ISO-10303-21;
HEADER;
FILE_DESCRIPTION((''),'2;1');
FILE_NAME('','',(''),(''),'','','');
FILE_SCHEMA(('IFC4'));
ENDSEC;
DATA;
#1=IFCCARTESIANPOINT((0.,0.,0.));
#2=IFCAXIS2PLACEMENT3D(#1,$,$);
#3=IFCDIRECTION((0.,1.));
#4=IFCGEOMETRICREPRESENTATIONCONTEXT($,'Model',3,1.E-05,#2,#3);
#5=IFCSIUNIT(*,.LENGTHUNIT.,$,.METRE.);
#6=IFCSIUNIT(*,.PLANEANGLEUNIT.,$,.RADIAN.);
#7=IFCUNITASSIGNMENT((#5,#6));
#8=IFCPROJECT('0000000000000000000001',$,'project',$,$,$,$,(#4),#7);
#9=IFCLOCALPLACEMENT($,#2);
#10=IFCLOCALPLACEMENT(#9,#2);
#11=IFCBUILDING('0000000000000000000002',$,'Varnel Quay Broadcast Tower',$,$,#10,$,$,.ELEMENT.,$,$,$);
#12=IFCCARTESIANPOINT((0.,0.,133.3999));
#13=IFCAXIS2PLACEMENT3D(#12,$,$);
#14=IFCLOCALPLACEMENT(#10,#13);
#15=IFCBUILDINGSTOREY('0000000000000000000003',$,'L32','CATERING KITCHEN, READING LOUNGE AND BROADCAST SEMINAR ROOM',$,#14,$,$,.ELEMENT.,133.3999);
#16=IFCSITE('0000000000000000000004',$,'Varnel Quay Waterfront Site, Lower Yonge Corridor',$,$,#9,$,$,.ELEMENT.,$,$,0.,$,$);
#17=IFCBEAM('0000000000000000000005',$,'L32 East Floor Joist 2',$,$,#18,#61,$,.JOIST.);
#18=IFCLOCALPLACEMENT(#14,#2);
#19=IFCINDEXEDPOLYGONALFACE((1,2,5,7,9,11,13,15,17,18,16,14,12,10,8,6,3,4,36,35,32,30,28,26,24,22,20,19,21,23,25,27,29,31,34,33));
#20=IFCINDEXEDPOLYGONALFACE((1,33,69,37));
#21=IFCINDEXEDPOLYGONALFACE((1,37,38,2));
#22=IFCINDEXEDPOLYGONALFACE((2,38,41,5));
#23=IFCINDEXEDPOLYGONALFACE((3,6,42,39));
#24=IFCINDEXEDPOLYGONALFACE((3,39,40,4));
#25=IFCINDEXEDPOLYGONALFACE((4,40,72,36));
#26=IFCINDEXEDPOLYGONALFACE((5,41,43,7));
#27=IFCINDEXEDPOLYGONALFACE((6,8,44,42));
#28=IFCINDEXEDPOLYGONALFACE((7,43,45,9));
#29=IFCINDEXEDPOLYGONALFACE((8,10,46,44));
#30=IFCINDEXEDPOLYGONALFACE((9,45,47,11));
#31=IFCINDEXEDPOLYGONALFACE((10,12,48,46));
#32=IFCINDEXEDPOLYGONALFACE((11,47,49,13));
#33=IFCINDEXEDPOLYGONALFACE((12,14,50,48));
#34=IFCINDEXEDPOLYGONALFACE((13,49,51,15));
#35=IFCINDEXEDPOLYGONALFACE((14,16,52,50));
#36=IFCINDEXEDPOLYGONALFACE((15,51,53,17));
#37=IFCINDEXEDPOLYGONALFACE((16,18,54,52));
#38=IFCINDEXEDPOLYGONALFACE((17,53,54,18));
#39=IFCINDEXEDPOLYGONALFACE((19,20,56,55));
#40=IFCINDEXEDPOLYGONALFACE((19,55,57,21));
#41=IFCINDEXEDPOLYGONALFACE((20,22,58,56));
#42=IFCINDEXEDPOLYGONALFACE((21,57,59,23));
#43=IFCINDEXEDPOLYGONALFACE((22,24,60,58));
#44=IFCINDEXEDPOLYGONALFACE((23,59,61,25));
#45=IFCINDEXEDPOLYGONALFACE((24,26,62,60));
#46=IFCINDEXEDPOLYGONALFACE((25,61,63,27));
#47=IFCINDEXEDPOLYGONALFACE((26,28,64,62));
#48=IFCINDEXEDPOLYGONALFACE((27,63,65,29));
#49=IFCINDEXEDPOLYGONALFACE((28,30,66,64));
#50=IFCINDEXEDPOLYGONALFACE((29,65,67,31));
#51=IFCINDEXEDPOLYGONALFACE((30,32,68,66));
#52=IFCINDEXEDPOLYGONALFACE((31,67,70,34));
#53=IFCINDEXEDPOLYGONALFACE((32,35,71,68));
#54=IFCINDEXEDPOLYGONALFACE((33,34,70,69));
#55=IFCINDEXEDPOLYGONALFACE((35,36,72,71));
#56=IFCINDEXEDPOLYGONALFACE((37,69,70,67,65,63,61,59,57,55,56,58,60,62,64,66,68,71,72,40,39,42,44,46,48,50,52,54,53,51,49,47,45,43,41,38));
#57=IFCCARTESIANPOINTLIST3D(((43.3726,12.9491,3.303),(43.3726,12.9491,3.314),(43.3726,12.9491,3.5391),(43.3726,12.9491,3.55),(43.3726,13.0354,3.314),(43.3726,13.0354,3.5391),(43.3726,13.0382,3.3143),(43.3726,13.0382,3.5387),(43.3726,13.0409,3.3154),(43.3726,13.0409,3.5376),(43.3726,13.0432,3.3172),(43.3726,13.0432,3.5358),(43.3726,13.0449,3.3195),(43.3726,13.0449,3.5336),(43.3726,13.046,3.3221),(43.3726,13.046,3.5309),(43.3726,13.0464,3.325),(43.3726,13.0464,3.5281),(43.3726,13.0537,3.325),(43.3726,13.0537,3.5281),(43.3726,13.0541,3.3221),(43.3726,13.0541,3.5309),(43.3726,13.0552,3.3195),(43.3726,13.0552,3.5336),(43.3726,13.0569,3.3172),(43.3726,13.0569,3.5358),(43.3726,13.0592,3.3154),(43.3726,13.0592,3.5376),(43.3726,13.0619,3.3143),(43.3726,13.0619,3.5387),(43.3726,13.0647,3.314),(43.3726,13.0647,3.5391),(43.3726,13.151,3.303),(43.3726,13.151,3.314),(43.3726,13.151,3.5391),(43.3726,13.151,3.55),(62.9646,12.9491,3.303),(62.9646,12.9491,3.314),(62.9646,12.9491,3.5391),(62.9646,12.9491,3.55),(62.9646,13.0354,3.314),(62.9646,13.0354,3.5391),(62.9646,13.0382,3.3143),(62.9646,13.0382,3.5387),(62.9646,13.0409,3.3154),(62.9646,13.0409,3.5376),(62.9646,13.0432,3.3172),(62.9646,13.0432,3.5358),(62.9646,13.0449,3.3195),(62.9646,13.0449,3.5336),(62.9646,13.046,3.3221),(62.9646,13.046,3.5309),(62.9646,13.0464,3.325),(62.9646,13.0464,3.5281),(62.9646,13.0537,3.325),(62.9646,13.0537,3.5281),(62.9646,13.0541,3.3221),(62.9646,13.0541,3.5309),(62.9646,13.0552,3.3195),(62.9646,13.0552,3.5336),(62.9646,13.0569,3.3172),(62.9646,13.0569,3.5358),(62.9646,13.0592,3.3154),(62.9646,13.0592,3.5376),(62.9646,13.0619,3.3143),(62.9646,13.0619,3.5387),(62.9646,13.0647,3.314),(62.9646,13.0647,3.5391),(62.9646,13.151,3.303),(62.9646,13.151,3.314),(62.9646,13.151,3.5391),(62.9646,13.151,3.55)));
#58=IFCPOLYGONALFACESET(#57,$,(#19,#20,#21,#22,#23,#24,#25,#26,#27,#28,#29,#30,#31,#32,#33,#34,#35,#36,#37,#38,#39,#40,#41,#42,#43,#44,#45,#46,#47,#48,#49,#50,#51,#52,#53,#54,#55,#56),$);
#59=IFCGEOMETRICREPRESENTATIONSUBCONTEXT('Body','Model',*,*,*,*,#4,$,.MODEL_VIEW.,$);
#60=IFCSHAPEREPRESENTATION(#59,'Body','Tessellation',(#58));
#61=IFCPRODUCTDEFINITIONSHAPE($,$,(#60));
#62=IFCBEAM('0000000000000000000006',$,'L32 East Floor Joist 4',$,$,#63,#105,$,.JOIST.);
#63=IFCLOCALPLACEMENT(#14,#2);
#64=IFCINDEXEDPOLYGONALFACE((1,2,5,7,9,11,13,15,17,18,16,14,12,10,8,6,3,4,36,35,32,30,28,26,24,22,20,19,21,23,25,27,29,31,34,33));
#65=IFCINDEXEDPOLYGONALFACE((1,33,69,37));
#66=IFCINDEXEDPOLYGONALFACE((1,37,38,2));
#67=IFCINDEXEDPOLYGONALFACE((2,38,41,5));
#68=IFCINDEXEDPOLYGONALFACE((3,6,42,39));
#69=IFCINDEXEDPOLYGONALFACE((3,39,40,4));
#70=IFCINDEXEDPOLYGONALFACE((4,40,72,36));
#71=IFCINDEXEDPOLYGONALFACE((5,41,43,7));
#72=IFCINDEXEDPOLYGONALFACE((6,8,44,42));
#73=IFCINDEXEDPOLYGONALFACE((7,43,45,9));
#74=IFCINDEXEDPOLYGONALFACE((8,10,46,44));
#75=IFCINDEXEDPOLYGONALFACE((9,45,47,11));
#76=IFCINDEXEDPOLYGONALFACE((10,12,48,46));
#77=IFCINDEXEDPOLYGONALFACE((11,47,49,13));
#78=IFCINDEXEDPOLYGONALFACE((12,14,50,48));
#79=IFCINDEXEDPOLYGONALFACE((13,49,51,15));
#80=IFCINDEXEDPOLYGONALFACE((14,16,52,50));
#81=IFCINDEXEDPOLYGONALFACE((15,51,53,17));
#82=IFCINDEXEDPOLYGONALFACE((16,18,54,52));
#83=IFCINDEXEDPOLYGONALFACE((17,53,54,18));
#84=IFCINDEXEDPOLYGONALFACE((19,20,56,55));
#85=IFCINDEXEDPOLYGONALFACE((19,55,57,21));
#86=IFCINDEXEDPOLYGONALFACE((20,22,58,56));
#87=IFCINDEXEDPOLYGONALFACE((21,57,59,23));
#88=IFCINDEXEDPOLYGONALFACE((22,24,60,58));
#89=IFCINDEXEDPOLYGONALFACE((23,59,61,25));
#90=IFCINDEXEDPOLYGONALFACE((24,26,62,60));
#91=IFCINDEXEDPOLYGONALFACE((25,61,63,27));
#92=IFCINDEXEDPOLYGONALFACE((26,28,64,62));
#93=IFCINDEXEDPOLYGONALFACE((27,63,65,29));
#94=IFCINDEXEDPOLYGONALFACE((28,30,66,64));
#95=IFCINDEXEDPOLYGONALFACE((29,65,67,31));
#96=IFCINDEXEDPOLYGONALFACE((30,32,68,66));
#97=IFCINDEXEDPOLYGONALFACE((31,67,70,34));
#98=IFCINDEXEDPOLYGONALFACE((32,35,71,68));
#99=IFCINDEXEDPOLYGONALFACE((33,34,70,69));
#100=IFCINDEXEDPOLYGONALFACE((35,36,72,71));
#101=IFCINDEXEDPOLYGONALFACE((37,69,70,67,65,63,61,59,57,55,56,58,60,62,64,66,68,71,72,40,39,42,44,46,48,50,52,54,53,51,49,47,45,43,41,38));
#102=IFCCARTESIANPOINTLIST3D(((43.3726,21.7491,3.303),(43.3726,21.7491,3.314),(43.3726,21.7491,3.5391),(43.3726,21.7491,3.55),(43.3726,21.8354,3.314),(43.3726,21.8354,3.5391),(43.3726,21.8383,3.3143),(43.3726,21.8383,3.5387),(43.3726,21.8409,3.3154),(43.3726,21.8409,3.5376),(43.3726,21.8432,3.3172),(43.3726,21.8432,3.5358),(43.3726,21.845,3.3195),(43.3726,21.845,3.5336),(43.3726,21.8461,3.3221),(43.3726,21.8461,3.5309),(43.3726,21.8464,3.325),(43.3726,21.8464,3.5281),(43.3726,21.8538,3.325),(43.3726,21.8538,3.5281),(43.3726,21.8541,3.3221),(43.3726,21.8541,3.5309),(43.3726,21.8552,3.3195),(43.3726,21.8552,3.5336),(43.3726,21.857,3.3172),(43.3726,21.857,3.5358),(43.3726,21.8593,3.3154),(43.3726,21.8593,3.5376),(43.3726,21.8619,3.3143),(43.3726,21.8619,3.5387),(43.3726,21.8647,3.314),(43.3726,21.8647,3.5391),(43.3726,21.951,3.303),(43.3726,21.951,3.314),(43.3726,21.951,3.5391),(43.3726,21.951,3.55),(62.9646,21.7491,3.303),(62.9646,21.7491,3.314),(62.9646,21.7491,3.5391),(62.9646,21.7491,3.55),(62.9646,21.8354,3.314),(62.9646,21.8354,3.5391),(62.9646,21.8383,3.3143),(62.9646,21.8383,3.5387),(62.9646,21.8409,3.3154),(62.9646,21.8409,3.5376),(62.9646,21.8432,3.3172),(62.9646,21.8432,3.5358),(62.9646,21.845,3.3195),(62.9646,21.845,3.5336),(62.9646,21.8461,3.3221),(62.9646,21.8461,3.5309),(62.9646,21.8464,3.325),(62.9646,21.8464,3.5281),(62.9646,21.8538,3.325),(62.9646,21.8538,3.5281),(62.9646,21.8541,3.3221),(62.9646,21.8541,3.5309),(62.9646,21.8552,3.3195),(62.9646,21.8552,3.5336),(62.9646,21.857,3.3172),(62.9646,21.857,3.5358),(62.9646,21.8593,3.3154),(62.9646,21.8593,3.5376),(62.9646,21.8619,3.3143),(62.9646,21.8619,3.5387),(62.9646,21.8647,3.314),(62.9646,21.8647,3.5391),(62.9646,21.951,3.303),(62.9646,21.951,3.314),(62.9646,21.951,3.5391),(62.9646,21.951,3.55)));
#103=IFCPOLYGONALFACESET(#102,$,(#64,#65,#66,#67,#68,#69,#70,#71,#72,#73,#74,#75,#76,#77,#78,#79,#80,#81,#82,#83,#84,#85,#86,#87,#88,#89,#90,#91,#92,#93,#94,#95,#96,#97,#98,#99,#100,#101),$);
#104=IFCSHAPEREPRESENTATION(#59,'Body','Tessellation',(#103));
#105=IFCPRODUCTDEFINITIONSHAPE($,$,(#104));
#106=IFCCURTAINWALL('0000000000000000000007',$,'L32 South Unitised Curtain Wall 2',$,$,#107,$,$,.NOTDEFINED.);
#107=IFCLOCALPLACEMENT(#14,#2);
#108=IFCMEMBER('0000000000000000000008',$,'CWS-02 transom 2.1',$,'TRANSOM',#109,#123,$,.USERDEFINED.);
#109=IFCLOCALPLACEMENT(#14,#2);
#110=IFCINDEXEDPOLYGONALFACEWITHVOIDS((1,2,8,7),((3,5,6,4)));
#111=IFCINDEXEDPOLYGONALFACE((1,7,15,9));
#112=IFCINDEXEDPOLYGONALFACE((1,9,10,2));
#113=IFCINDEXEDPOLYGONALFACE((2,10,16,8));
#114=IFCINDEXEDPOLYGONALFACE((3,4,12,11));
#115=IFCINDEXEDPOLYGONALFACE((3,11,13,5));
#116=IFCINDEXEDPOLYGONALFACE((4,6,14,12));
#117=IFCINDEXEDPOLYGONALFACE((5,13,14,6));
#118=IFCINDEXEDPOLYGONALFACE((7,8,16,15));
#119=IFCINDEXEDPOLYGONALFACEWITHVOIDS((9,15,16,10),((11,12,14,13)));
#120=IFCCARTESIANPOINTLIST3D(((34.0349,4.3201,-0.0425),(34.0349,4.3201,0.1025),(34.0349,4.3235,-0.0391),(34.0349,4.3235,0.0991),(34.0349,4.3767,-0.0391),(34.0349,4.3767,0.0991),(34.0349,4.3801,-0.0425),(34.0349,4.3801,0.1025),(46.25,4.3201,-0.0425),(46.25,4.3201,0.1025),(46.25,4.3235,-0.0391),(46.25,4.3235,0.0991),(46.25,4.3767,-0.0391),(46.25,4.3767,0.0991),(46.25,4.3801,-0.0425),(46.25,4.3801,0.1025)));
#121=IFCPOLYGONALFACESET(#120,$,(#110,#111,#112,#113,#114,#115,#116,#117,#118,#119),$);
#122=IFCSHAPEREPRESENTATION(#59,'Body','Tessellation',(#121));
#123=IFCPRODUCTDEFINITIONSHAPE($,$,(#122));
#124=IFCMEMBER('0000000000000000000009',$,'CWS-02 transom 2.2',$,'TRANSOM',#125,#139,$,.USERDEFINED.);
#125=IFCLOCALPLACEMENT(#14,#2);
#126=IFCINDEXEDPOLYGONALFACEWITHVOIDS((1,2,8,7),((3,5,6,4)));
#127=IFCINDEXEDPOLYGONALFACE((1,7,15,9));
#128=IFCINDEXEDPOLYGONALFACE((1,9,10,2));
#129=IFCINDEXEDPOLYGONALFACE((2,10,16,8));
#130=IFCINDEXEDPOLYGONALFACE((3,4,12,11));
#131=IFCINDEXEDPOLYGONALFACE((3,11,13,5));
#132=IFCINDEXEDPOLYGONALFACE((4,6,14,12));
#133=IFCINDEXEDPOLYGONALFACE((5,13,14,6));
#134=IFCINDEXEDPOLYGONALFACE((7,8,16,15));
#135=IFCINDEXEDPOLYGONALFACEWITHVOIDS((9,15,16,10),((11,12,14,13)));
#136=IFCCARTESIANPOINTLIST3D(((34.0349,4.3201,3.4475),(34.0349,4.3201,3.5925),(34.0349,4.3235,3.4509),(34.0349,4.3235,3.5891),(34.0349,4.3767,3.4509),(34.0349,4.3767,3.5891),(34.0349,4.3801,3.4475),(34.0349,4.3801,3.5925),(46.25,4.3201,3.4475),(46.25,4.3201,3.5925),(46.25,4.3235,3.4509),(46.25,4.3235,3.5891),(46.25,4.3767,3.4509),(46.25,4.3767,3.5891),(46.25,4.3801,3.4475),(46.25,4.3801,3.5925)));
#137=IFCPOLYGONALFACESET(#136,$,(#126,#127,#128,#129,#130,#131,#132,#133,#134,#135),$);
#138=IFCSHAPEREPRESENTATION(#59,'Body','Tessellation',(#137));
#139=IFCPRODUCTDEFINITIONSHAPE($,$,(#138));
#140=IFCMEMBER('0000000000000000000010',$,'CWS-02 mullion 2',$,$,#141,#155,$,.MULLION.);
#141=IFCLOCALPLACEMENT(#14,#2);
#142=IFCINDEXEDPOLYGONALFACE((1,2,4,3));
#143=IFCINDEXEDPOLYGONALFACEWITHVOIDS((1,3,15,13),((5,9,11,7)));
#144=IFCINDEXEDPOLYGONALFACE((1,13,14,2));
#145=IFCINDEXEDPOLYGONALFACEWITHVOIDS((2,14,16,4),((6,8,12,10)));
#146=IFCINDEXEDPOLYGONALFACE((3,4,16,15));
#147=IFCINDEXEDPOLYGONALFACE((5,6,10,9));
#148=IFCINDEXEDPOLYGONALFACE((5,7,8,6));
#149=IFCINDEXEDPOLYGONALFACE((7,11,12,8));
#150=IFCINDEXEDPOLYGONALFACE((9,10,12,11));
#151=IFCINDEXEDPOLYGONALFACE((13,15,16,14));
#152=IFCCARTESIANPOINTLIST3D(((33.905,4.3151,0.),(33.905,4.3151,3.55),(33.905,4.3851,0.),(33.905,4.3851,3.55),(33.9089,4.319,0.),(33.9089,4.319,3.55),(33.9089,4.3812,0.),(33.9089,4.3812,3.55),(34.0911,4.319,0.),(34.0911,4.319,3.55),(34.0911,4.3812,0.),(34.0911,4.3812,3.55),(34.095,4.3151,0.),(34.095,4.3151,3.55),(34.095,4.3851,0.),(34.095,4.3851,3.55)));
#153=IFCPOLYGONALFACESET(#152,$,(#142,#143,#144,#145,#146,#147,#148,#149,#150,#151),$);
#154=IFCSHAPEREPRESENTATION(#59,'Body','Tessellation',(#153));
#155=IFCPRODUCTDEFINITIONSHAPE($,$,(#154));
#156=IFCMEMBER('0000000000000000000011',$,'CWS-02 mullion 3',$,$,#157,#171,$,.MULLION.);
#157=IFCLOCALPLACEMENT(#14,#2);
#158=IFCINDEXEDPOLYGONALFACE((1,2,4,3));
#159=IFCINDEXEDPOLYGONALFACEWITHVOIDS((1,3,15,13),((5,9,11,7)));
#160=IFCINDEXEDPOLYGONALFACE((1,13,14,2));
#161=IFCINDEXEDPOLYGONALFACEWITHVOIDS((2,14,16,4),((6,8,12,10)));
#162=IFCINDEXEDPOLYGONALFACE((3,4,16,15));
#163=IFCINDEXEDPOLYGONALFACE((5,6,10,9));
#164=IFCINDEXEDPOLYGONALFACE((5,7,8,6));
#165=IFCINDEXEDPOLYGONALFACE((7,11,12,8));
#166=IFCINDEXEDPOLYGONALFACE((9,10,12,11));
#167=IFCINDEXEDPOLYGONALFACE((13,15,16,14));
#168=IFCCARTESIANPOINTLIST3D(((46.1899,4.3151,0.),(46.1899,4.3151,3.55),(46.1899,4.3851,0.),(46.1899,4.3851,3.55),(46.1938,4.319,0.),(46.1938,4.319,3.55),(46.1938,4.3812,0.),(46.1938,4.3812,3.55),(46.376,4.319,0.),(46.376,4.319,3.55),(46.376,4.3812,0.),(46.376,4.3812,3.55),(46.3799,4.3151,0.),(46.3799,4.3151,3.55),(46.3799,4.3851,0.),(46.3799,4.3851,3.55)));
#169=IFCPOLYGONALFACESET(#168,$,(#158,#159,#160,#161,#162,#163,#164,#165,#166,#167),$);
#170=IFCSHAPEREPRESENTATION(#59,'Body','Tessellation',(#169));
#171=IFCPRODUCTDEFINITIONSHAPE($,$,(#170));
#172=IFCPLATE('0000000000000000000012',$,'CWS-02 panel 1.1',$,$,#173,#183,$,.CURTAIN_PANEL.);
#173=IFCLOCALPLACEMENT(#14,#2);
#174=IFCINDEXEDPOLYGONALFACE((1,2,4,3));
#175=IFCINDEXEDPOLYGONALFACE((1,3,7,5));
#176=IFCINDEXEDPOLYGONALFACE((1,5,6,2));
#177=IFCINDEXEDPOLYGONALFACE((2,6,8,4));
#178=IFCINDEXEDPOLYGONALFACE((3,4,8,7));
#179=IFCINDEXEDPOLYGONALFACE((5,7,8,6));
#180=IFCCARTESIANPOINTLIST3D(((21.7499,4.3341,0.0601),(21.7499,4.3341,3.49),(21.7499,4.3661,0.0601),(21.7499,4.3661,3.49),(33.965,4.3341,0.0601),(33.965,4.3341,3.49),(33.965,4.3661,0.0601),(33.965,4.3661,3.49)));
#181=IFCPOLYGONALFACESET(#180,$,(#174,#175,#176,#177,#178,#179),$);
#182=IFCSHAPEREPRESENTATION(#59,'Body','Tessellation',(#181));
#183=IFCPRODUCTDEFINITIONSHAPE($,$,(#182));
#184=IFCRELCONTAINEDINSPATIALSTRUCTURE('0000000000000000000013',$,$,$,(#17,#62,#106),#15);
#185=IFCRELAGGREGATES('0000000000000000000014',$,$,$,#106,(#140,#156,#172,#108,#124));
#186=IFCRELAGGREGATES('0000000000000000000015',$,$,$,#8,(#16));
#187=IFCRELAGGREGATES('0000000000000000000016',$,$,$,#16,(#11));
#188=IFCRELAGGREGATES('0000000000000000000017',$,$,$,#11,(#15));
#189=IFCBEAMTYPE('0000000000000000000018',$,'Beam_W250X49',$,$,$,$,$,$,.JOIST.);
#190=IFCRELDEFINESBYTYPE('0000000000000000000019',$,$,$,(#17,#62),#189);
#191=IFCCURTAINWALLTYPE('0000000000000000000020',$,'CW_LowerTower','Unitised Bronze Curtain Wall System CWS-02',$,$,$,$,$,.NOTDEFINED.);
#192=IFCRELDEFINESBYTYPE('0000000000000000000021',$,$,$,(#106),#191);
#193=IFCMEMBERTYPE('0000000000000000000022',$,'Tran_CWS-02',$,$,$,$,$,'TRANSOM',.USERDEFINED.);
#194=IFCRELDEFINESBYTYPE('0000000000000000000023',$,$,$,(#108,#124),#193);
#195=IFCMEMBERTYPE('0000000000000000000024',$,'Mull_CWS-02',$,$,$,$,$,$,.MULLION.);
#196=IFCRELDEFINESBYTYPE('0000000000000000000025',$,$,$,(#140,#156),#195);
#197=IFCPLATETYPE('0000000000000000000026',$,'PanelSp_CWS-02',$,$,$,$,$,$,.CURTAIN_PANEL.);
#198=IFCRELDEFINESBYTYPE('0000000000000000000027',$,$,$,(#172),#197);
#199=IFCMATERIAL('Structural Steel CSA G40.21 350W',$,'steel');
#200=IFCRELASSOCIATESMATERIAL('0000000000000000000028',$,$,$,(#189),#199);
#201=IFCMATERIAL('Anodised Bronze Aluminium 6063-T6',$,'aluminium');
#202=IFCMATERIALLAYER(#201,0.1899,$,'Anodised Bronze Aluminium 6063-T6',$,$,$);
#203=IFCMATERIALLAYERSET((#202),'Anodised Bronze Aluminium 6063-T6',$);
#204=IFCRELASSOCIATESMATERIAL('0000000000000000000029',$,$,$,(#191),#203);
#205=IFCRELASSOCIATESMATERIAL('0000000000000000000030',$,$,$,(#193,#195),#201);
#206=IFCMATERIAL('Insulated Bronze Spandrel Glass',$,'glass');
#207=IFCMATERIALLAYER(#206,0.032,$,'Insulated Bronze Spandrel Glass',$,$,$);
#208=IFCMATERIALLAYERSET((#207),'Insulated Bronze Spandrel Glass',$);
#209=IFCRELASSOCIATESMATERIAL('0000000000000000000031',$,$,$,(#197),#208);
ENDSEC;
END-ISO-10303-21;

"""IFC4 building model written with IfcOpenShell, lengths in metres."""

from ifc_helpers import new_model, si_unit, direction, frame, origin, origin_2d, place, context, subcontext, project, spatial, rectangle, hollow_rectangle, i_section, extrude, source, transform, mapped, material, layer, layer_set, material_profile, profile_set, type_object, type_shapes, element, aggregate, save


model = new_model("IFC4")

# Units and contexts
model_context = context("Model", 3, precision=1e-05, world=origin(), true_north=direction((0.0, 1.0)))
body_context = subcontext(model_context, "Body", "Model", "MODEL_VIEW")
ifc_project = project(units=[si_unit("LENGTHUNIT", "METRE"), si_unit("PLANEANGLEUNIT", "RADIAN")], contexts=[model_context])

# Site, building, storey
site_placement = place(None, origin())
site = spatial("IfcSite", under=ifc_project, at=site_placement, Name="Varnel Quay Waterfront Site, Lower Yonge Corridor", CompositionType="ELEMENT", RefElevation=0.0)
building_placement = place(site_placement, origin())
building = spatial("IfcBuilding", under=site, at=building_placement, Name="Varnel Quay Broadcast Tower", CompositionType="ELEMENT")
storey_placement = place(building_placement, frame((0.0, 0.0, 133.3999)))
storey = spatial("IfcBuildingStorey", under=building, at=storey_placement, Name="L32", Description="CATERING KITCHEN, READING LOUNGE AND BROADCAST SEMINAR ROOM", CompositionType="ELEMENT", Elevation=133.3999)

# Shared definitions
ifc_material_1 = material(Name="Structural Steel CSA G40.21 350W", Category="steel")

# Beams
ifc_material_profile_1 = material_profile(ifc_material_1, i_section(OverallWidth=0.2019, OverallDepth=0.2471, WebThickness=0.0073, FlangeThickness=0.011, FilletRadius=0.011, at=origin_2d()), Name="W250X49")
ifc_profile_set_1 = profile_set([ifc_material_profile_1], Name="Structural Steel CSA G40.21 350W")
beam_type_1 = type_object("IfcBeamType", Name="Beam_W250X49", PredefinedType="JOIST", material=ifc_profile_set_1)
shared_shape_1 = source(origin(), body_context, "Body", "SweptSolid", [
    extrude(i_section(OverallWidth=0.2019, OverallDepth=0.2471, WebThickness=0.0073, FlangeThickness=0.011, FilletRadius=0.011, at=origin_2d()), origin(), (0.0, 0.0, 1.0), 19.592),
])
type_shapes(beam_type_1, [shared_shape_1])
for number, where, z_axis, x_axis, name in (
    (1, (43.3726, 13.05, 3.4265), (1.0, 0.0, 0.0), (0.0, 1.0, 0.0), "L32 East Floor Joist 2"),
    (2, (43.3726, 21.8501, 3.4265), (1.0, 0.0, 0.0), (0.0, 1.0, 0.0), "L32 East Floor Joist 4"),
):
    element("IfcBeam", number, at=place(storey_placement, frame(where, z_axis=z_axis, x_axis=x_axis)), inside=storey, type_object=beam_type_1, Name=name, PredefinedType="JOIST", context=body_context, shape_type="MappedRepresentation", body=[
        mapped(shared_shape_1, transform((0.0, 0.0, 0.0), x_axis=(1.0, 0.0, 0.0), y_axis=(0.0, 1.0, 0.0), z_axis=(0.0, 0.0, 1.0), scale=1.0)),
    ])

# Curtain wall, members, plate
ifc_material_2 = material(Name="Anodised Bronze Aluminium 6063-T6", Category="aluminium")
ifc_layer_1 = layer(ifc_material_2, 0.1899, Name="Anodised Bronze Aluminium 6063-T6")
ifc_layer_set_1 = layer_set([ifc_layer_1], Name="Anodised Bronze Aluminium 6063-T6")
curtain_wall_type = type_object("IfcCurtainWallType", Name="CW_LowerTower", Description="Unitised Bronze Curtain Wall System CWS-02", PredefinedType="NOTDEFINED", material=ifc_layer_set_1)
curtain_wall_placement = place(storey_placement, origin())
curtain_wall = element("IfcCurtainWall", 3, at=curtain_wall_placement, inside=storey, type_object=curtain_wall_type, Name="L32 South Unitised Curtain Wall 2", PredefinedType="NOTDEFINED")
ifc_material_profile_2 = material_profile(ifc_material_2, hollow_rectangle(XDim=0.0601, YDim=0.145, WallThickness=0.0034, at=origin_2d()), Name="ALU60X145X3.5")
ifc_profile_set_2 = profile_set([ifc_material_profile_2], Name="Anodised Bronze Aluminium 6063-T6")
member_type_1 = type_object("IfcMemberType", Name="Tran_CWS-02", ElementType="TRANSOM", PredefinedType="USERDEFINED", material=ifc_profile_set_2)
shared_shape_2 = source(origin(), body_context, "Body", "SweptSolid", [
    extrude(hollow_rectangle(XDim=0.0601, YDim=0.145, WallThickness=0.0034, at=origin_2d()), origin(), (0.0, 0.0, 1.0), 12.2151),
])
type_shapes(member_type_1, [shared_shape_2])
member_1_placement = place(storey_placement, frame((34.0349, 4.3501, 0.03), z_axis=(1.0, 0.0, 0.0), x_axis=(0.0, 1.0, 0.0)))
member_1 = element("IfcMember", 4, at=member_1_placement, type_object=member_type_1, Name="CWS-02 transom 2.1", ObjectType="TRANSOM", PredefinedType="USERDEFINED", context=body_context, shape_type="MappedRepresentation", body=[
    mapped(shared_shape_2, transform((0.0, 0.0, 0.0), x_axis=(1.0, 0.0, 0.0), y_axis=(0.0, 1.0, 0.0), z_axis=(0.0, 0.0, 1.0), scale=1.0)),
])
member_2_placement = place(storey_placement, frame((34.0349, 4.3501, 3.52), z_axis=(1.0, 0.0, 0.0), x_axis=(0.0, 1.0, 0.0)))
member_2 = element("IfcMember", 5, at=member_2_placement, type_object=member_type_1, Name="CWS-02 transom 2.2", ObjectType="TRANSOM", PredefinedType="USERDEFINED", context=body_context, shape_type="MappedRepresentation", body=[
    mapped(shared_shape_2, transform((0.0, 0.0, 0.0), x_axis=(1.0, 0.0, 0.0), y_axis=(0.0, 1.0, 0.0), z_axis=(0.0, 0.0, 1.0), scale=1.0)),
])
ifc_material_profile_3 = material_profile(ifc_material_2, hollow_rectangle(XDim=0.0701, YDim=0.1899, WallThickness=0.0039, at=origin_2d()), Name="ALU70X190X4")
ifc_profile_set_3 = profile_set([ifc_material_profile_3], Name="Anodised Bronze Aluminium 6063-T6")
member_type_2 = type_object("IfcMemberType", Name="Mull_CWS-02", PredefinedType="MULLION", material=ifc_profile_set_3)
shared_shape_3 = source(origin(), body_context, "Body", "SweptSolid", [
    extrude(hollow_rectangle(XDim=0.0701, YDim=0.1899, WallThickness=0.0039, at=origin_2d()), origin(), (0.0, 0.0, 1.0), 3.55),
])
type_shapes(member_type_2, [shared_shape_3])
member_3_placement = place(storey_placement, frame((34.0, 4.3501, 0.0), z_axis=(0.0, 0.0, 1.0), x_axis=(0.0, 1.0, 0.0)))
member_3 = element("IfcMember", 6, at=member_3_placement, type_object=member_type_2, Name="CWS-02 mullion 2", PredefinedType="MULLION", context=body_context, shape_type="MappedRepresentation", body=[
    mapped(shared_shape_3, transform((0.0, 0.0, 0.0), x_axis=(1.0, 0.0, 0.0), y_axis=(0.0, 1.0, 0.0), z_axis=(0.0, 0.0, 1.0), scale=1.0)),
])
member_4_placement = place(storey_placement, frame((46.2849, 4.3501, 0.0), z_axis=(0.0, 0.0, 1.0), x_axis=(0.0, 1.0, 0.0)))
member_4 = element("IfcMember", 7, at=member_4_placement, type_object=member_type_2, Name="CWS-02 mullion 3", PredefinedType="MULLION", context=body_context, shape_type="MappedRepresentation", body=[
    mapped(shared_shape_3, transform((0.0, 0.0, 0.0), x_axis=(1.0, 0.0, 0.0), y_axis=(0.0, 1.0, 0.0), z_axis=(0.0, 0.0, 1.0), scale=1.0)),
])
ifc_material_3 = material(Name="Insulated Bronze Spandrel Glass", Category="glass")
ifc_layer_2 = layer(ifc_material_3, 0.032, Name="Insulated Bronze Spandrel Glass")
ifc_layer_set_2 = layer_set([ifc_layer_2], Name="Insulated Bronze Spandrel Glass")
plate_type = type_object("IfcPlateType", Name="PanelSp_CWS-02", PredefinedType="CURTAIN_PANEL", material=ifc_layer_set_2)
shared_shape_4 = source(origin(), body_context, "Body", "SweptSolid", [
    extrude(rectangle(XDim=12.2151, YDim=0.032, at=origin_2d()), origin(), (0.0, 0.0, 1.0), 3.4299),
])
type_shapes(plate_type, [shared_shape_4])
plate_1_placement = place(storey_placement, frame((27.8574, 4.3501, 0.0601), z_axis=(0.0, 0.0, 1.0), x_axis=(1.0, 0.0, 0.0)))
plate_1 = element("IfcPlate", 8, at=plate_1_placement, type_object=plate_type, Name="CWS-02 panel 1.1", PredefinedType="CURTAIN_PANEL", context=body_context, shape_type="MappedRepresentation", body=[
    mapped(shared_shape_4, transform((0.0, 0.0, 0.0), x_axis=(1.0, 0.0, 0.0), y_axis=(0.0, 1.0, 0.0), z_axis=(0.0, 0.0, 1.0), scale=1.0)),
])
aggregate(curtain_wall, [member_3, member_4, plate_1, member_1, member_2])

save(model, "model.ifc")
